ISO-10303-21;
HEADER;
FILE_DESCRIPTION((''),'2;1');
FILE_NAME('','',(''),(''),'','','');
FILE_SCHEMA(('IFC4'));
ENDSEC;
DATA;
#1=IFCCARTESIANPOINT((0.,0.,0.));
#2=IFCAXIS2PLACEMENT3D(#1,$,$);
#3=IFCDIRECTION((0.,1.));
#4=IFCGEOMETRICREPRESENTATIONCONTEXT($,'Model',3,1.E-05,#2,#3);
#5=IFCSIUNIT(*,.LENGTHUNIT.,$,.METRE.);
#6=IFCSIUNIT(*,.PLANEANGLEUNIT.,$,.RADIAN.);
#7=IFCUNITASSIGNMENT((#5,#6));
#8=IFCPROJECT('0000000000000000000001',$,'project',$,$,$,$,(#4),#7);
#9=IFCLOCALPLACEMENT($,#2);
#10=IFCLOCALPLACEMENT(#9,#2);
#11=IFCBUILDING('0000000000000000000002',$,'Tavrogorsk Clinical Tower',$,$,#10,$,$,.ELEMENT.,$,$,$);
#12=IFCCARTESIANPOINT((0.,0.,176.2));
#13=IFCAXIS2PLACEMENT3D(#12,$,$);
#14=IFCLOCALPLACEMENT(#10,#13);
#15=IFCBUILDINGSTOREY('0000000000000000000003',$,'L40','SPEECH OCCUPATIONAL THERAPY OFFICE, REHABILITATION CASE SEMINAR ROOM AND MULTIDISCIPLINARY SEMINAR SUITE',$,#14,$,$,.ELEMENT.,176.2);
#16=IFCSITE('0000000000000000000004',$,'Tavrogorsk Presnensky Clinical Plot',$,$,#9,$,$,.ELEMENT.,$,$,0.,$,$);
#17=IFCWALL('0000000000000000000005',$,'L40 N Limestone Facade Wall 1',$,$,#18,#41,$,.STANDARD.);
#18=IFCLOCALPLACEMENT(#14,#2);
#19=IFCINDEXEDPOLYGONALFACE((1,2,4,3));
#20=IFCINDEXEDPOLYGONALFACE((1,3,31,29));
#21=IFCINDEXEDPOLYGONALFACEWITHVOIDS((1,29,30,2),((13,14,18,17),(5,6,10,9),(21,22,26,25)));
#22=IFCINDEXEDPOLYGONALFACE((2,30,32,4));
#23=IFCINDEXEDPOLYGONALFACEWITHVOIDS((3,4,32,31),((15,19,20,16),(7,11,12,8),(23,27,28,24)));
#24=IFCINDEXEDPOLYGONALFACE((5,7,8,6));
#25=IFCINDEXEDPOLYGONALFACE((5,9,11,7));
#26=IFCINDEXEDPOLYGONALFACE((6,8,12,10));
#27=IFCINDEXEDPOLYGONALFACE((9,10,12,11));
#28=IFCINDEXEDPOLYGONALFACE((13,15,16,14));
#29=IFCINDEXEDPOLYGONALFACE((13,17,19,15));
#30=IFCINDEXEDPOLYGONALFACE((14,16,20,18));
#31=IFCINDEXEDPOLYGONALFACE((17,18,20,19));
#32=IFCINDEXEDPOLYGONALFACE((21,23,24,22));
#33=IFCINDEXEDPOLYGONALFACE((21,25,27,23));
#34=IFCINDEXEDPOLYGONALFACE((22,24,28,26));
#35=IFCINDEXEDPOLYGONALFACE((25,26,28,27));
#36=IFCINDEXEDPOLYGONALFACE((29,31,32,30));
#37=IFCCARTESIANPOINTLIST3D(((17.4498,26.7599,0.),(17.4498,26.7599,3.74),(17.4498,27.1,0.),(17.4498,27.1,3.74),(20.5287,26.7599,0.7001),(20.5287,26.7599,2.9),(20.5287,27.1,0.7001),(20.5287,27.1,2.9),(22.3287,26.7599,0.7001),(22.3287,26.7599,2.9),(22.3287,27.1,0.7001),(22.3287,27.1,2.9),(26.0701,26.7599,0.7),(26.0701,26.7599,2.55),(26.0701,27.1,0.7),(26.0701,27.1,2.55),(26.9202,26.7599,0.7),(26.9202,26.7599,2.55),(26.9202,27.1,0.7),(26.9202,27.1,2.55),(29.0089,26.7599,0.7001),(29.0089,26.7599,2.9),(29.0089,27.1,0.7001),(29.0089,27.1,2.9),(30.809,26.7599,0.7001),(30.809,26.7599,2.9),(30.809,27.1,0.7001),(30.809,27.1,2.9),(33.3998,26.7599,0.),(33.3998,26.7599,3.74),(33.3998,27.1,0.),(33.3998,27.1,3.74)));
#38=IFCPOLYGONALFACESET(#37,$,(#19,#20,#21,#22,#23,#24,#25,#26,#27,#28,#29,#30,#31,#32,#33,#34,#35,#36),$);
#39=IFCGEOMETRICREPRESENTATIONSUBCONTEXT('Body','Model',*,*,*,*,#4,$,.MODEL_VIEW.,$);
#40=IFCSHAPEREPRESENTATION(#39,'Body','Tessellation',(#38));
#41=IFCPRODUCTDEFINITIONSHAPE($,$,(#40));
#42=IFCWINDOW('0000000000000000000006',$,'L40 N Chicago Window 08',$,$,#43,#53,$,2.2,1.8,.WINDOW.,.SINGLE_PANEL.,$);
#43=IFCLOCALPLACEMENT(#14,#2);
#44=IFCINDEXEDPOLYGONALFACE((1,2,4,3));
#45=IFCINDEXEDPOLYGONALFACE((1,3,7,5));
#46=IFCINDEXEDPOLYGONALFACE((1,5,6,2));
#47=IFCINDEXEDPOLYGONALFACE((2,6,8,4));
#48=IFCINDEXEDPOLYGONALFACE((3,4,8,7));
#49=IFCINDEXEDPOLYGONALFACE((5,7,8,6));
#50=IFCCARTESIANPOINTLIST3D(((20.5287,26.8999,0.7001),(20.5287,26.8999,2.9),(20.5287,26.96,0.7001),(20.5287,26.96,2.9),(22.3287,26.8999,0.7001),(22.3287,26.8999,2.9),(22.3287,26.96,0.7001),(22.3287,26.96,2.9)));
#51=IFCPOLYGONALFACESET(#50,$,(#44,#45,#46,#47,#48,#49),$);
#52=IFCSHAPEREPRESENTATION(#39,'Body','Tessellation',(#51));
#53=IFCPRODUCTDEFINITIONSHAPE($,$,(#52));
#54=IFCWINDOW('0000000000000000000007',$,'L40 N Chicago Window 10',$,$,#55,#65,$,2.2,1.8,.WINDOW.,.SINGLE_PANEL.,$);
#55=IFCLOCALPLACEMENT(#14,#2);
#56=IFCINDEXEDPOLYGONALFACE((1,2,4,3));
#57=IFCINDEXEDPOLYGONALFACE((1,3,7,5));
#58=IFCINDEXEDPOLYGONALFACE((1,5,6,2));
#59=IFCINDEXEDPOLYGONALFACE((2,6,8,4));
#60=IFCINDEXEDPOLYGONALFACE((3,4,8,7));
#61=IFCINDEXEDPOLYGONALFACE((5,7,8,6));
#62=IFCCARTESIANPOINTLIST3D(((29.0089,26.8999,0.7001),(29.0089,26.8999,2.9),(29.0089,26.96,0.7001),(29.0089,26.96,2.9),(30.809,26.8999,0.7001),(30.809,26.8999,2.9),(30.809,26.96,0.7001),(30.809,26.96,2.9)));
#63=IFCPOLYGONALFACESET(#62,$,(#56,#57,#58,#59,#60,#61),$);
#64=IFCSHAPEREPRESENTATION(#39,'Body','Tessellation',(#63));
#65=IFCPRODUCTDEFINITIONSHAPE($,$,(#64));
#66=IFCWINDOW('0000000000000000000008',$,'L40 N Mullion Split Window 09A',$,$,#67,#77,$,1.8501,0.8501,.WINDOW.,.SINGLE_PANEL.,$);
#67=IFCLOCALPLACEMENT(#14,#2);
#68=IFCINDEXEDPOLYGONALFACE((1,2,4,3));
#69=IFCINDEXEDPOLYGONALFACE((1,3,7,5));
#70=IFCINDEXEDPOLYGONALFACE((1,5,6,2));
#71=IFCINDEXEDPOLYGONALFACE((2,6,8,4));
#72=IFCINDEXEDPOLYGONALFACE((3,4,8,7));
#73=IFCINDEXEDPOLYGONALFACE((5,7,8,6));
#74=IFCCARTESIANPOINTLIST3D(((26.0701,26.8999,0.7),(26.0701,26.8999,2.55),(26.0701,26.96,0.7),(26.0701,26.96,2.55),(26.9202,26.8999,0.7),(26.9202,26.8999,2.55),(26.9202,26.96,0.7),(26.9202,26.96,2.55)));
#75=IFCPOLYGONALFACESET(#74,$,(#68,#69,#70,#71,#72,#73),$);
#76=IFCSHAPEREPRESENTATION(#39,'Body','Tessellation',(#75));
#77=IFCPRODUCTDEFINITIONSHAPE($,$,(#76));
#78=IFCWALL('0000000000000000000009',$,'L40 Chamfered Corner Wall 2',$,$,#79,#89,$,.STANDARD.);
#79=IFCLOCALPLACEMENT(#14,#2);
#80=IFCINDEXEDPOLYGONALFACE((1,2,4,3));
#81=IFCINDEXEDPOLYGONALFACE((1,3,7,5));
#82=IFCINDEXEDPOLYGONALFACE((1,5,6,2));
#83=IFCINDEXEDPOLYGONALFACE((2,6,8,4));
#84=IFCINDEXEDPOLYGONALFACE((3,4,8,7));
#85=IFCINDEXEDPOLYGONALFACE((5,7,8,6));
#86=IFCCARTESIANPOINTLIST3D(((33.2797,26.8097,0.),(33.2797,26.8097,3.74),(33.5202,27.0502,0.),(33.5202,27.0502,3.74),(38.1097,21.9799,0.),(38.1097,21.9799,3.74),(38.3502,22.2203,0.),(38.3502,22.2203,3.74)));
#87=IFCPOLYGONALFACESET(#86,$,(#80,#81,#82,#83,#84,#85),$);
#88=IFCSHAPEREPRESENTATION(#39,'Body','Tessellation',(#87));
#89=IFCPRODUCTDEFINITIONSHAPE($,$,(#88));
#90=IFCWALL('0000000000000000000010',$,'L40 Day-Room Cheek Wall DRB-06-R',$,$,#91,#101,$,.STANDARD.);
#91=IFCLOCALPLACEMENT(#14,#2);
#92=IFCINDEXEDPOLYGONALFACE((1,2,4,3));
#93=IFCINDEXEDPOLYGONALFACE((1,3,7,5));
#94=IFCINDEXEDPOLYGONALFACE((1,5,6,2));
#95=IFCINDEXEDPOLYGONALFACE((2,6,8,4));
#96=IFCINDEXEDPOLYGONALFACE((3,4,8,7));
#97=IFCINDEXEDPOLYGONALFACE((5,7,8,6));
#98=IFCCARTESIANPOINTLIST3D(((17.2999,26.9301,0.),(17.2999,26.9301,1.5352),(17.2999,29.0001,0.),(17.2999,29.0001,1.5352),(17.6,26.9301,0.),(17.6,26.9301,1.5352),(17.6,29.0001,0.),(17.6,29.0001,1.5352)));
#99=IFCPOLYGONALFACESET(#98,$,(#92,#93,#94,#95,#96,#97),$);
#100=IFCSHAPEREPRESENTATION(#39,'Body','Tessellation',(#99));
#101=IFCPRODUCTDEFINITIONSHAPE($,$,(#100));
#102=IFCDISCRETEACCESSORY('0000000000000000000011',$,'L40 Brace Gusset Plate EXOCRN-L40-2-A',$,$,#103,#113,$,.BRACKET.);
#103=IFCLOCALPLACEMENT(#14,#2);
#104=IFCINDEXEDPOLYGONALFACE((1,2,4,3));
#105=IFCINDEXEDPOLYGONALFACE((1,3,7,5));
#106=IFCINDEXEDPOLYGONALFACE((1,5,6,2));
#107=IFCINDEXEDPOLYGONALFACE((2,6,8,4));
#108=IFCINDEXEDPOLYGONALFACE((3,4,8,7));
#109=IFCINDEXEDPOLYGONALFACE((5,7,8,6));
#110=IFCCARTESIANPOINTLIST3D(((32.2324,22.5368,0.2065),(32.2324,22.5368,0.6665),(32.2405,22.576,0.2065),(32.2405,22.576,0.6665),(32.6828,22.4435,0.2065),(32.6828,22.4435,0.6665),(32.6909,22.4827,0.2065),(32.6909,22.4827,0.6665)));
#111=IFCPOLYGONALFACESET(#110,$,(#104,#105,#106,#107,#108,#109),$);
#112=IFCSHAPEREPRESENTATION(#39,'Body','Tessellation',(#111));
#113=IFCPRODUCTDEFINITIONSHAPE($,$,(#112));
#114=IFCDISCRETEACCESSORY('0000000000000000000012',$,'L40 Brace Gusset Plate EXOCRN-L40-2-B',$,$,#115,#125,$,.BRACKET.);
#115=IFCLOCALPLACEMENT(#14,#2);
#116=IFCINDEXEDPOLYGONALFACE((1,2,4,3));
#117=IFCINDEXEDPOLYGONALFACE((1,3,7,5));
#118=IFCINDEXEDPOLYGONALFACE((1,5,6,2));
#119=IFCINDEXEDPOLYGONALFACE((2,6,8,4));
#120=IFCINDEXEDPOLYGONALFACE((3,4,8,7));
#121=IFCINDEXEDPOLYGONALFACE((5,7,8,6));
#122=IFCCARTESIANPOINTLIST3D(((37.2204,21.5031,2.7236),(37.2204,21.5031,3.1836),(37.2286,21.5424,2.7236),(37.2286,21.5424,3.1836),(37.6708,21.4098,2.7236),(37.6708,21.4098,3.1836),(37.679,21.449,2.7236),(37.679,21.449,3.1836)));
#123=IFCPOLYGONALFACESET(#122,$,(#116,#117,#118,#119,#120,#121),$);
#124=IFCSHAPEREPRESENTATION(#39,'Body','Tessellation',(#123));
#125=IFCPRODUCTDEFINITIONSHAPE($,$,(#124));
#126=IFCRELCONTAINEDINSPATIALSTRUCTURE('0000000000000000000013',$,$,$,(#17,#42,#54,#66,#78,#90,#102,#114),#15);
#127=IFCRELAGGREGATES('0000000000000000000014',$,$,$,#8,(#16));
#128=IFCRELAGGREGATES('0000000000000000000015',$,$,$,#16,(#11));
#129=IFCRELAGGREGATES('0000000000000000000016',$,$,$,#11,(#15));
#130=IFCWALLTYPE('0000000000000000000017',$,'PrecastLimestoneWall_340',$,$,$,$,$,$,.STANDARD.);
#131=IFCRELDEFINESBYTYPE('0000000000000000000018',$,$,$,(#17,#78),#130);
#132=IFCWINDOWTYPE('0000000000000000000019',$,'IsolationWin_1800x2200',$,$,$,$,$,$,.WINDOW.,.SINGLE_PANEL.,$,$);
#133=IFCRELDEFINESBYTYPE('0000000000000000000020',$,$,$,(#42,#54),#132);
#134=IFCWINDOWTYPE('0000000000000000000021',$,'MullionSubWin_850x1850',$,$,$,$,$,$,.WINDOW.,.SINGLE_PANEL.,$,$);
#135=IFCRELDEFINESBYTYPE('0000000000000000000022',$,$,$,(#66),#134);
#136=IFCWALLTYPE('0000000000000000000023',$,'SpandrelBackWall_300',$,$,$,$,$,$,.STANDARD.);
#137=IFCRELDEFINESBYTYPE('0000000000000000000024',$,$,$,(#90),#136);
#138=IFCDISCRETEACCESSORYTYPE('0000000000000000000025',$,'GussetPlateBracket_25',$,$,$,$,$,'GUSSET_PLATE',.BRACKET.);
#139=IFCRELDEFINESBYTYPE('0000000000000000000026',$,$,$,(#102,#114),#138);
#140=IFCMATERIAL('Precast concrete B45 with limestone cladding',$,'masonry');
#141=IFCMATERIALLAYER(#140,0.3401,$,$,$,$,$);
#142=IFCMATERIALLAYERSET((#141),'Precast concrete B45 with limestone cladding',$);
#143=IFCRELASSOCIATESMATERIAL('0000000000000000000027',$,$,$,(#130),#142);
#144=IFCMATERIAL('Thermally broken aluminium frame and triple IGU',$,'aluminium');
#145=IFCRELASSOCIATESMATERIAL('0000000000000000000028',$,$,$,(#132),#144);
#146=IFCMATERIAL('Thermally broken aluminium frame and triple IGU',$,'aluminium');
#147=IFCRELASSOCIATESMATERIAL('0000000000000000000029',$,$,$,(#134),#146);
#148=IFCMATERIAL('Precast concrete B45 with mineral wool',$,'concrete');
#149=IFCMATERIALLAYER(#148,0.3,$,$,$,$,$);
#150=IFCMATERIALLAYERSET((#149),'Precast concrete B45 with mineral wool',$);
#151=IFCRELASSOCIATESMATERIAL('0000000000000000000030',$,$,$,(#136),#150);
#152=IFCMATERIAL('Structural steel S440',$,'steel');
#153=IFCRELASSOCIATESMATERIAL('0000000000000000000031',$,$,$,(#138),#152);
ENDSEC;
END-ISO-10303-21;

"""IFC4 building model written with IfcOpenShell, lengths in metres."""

from ifc_helpers import new_model, si_unit, direction, frame, frame_2d, origin, origin_2d, place, context, subcontext, project, spatial, rectangle, extrude, material, layer, layer_set, type_object, element, fill, save


model = new_model("IFC4")

# Units and contexts
model_context = context("Model", 3, precision=1e-05, world=origin(), true_north=direction((0.0, 1.0)))
body_context = subcontext(model_context, "Body", "Model", "MODEL_VIEW")
ifc_project = project(units=[si_unit("LENGTHUNIT", "METRE"), si_unit("PLANEANGLEUNIT", "RADIAN")], contexts=[model_context])

# Site, building, storey
site_placement = place(None, origin())
site = spatial("IfcSite", under=ifc_project, at=site_placement, Name="Tavrogorsk Presnensky Clinical Plot", CompositionType="ELEMENT", RefElevation=0.0)
building_placement = place(site_placement, origin())
building = spatial("IfcBuilding", under=site, at=building_placement, Name="Tavrogorsk Clinical Tower", CompositionType="ELEMENT")
storey_placement = place(building_placement, frame((0.0, 0.0, 176.2)))
storey = spatial("IfcBuildingStorey", under=building, at=storey_placement, Name="L40", Description="SPEECH OCCUPATIONAL THERAPY OFFICE, REHABILITATION CASE SEMINAR ROOM AND MULTIDISCIPLINARY SEMINAR SUITE", CompositionType="ELEMENT", Elevation=176.2)

# Wall, openings, windows
ifc_material_1 = material(Name="Precast concrete B45 with limestone cladding", Category="masonry")
ifc_layer_1 = layer(ifc_material_1, 0.3401)
ifc_layer_set_1 = layer_set([ifc_layer_1], Name="Precast concrete B45 with limestone cladding")
wall_type_1 = type_object("IfcWallType", Name="PrecastLimestoneWall_340", PredefinedType="STANDARD", material=ifc_layer_set_1)
wall_1_placement = place(storey_placement, frame((33.3999, 26.9299, 0.0), z_axis=(0.0, 0.0, 1.0), x_axis=(-1.0, 0.0, 0.0)))
wall_1 = element("IfcWall", 1, at=wall_1_placement, inside=storey, type_object=wall_type_1, Name="L40 N Limestone Facade Wall 1", PredefinedType="STANDARD", context=body_context, shape_type="SweptSolid", body=[
    extrude(rectangle(XDim=15.95, YDim=0.3401, at=frame_2d((7.9751, 0.0))), origin(), (0.0, 0.0, 1.0), 3.74),
])
opening_1_placement = place(wall_1_placement, frame((11.0713, 0.0, 0.7)))
opening_1 = element("IfcOpeningElement", 2, at=opening_1_placement, cuts=wall_1, PredefinedType="OPENING", context=body_context, shape_type="SweptSolid", body=[
    extrude(rectangle(XDim=1.8, YDim=2.2, at=frame_2d((0.8999, 1.1001))), frame((0.0, 0.1799, 0.0), z_axis=(0.0, -1.0, 0.0), x_axis=(1.0, 0.0, 0.0)), (0.0, 0.0, 1.0), 0.3601),
])
opening_2_placement = place(wall_1_placement, frame((6.4797, 0.0, 0.7)))
opening_2 = element("IfcOpeningElement", 3, at=opening_2_placement, cuts=wall_1, PredefinedType="OPENING", context=body_context, shape_type="SweptSolid", body=[
    extrude(rectangle(XDim=0.8501, YDim=1.8501, at=frame_2d((0.425, 0.925))), frame((0.0, 0.1799, 0.0), z_axis=(0.0, -1.0, 0.0), x_axis=(1.0, 0.0, 0.0)), (0.0, 0.0, 1.0), 0.3601),
])
opening_3_placement = place(wall_1_placement, frame((2.5911, 0.0, 0.7)))
opening_3 = element("IfcOpeningElement", 4, at=opening_3_placement, cuts=wall_1, PredefinedType="OPENING", context=body_context, shape_type="SweptSolid", body=[
    extrude(rectangle(XDim=1.8, YDim=2.2, at=frame_2d((0.8999, 1.1001))), frame((0.0, 0.1799, 0.0), z_axis=(0.0, -1.0, 0.0), x_axis=(1.0, 0.0, 0.0)), (0.0, 0.0, 1.0), 0.3601),
])
ifc_material_2 = material(Name="Thermally broken aluminium frame and triple IGU", Category="aluminium")
window_type_1 = type_object("IfcWindowType", Name="IsolationWin_1800x2200", PartitioningType="SINGLE_PANEL", PredefinedType="WINDOW", material=ifc_material_2)
window_1_placement = place(opening_1_placement, origin())
window_1 = element("IfcWindow", 5, at=window_1_placement, inside=storey, type_object=window_type_1, Name="L40 N Chicago Window 08", OverallHeight=2.2, OverallWidth=1.8, PartitioningType="SINGLE_PANEL", PredefinedType="WINDOW", context=body_context, shape_type="SweptSolid", body=[
    extrude(rectangle(XDim=1.8, YDim=2.2, at=frame_2d((0.8999, 1.1001))), frame((0.0, 0.03, 0.0), z_axis=(0.0, -1.0, 0.0), x_axis=(1.0, 0.0, 0.0)), (0.0, 0.0, 1.0), 0.0601),
])
fill(opening_1, window_1)
window_2_placement = place(opening_3_placement, origin())
window_2 = element("IfcWindow", 6, at=window_2_placement, inside=storey, type_object=window_type_1, Name="L40 N Chicago Window 10", OverallHeight=2.2, OverallWidth=1.8, PartitioningType="SINGLE_PANEL", PredefinedType="WINDOW", context=body_context, shape_type="SweptSolid", body=[
    extrude(rectangle(XDim=1.8, YDim=2.2, at=frame_2d((0.8999, 1.1001))), frame((0.0, 0.03, 0.0), z_axis=(0.0, -1.0, 0.0), x_axis=(1.0, 0.0, 0.0)), (0.0, 0.0, 1.0), 0.0601),
])
fill(opening_3, window_2)
ifc_material_3 = material(Name="Thermally broken aluminium frame and triple IGU", Category="aluminium")
window_type_2 = type_object("IfcWindowType", Name="MullionSubWin_850x1850", PartitioningType="SINGLE_PANEL", PredefinedType="WINDOW", material=ifc_material_3)
window_3_placement = place(opening_2_placement, origin())
window_3 = element("IfcWindow", 7, at=window_3_placement, inside=storey, type_object=window_type_2, Name="L40 N Mullion Split Window 09A", OverallHeight=1.8501, OverallWidth=0.8501, PartitioningType="SINGLE_PANEL", PredefinedType="WINDOW", context=body_context, shape_type="SweptSolid", body=[
    extrude(rectangle(XDim=0.8501, YDim=1.8501, at=frame_2d((0.425, 0.925))), frame((0.0, 0.03, 0.0), z_axis=(0.0, -1.0, 0.0), x_axis=(1.0, 0.0, 0.0)), (0.0, 0.0, 1.0), 0.0601),
])
fill(opening_2, window_3)

# Walls
wall_2_placement = place(storey_placement, frame((38.23, 22.1001, 0.0), z_axis=(0.0, 0.0, 1.0), x_axis=(-0.707125, 0.707089, 0.0)))
element("IfcWall", 8, at=wall_2_placement, inside=storey, type_object=wall_type_1, Name="L40 Chamfered Corner Wall 2", PredefinedType="STANDARD", context=body_context, shape_type="SweptSolid", body=[
    extrude(rectangle(XDim=6.8306, YDim=0.3401, at=frame_2d((3.4153, 0.0))), origin(), (0.0, 0.0, 1.0), 3.74),
])
ifc_material_4 = material(Name="Precast concrete B45 with mineral wool", Category="concrete")
ifc_layer_2 = layer(ifc_material_4, 0.3)
ifc_layer_set_2 = layer_set([ifc_layer_2], Name="Precast concrete B45 with mineral wool")
wall_type_2 = type_object("IfcWallType", Name="SpandrelBackWall_300", PredefinedType="STANDARD", material=ifc_layer_set_2)
wall_3_placement = place(storey_placement, frame((17.45, 26.9299, 0.0), z_axis=(0.0, 0.0, 1.0), x_axis=(0.0, 1.0, 0.0)))
element("IfcWall", 9, at=wall_3_placement, inside=storey, type_object=wall_type_2, Name="L40 Day-Room Cheek Wall DRB-06-R", PredefinedType="STANDARD", context=body_context, shape_type="SweptSolid", body=[
    extrude(rectangle(XDim=2.0701, YDim=0.3, at=frame_2d((1.0352, 0.0))), origin(), (0.0, 0.0, 1.0), 1.5352),
])

# Discrete accessories
ifc_material_5 = material(Name="Structural steel S440", Category="steel")
discrete_accessory_type = type_object("IfcDiscreteAccessoryType", Name="GussetPlateBracket_25", ElementType="GUSSET_PLATE", PredefinedType="BRACKET", material=ifc_material_5)
for number, where, z_axis, x_axis, name in (
    (10, (32.4617, 22.5098, 0.2065), (0.0, 0.0, 1.0), (0.979187, -0.202958, 0.0), "L40 Brace Gusset Plate EXOCRN-L40-2-A"),
    (11, (37.4497, 21.4761, 2.7236), (0.0, 0.0, 1.0), (0.979187, -0.202958, 0.0), "L40 Brace Gusset Plate EXOCRN-L40-2-B"),
):
    element("IfcDiscreteAccessory", number, at=place(storey_placement, frame(where, z_axis=z_axis, x_axis=x_axis)), inside=storey, type_object=discrete_accessory_type, Name=name, PredefinedType="BRACKET", context=body_context, shape_type="SweptSolid", body=[
        extrude(rectangle(XDim=0.46, YDim=0.04, at=origin_2d()), origin(), (0.0, 0.0, 1.0), 0.46),
    ])

save(model, "model.ifc")
